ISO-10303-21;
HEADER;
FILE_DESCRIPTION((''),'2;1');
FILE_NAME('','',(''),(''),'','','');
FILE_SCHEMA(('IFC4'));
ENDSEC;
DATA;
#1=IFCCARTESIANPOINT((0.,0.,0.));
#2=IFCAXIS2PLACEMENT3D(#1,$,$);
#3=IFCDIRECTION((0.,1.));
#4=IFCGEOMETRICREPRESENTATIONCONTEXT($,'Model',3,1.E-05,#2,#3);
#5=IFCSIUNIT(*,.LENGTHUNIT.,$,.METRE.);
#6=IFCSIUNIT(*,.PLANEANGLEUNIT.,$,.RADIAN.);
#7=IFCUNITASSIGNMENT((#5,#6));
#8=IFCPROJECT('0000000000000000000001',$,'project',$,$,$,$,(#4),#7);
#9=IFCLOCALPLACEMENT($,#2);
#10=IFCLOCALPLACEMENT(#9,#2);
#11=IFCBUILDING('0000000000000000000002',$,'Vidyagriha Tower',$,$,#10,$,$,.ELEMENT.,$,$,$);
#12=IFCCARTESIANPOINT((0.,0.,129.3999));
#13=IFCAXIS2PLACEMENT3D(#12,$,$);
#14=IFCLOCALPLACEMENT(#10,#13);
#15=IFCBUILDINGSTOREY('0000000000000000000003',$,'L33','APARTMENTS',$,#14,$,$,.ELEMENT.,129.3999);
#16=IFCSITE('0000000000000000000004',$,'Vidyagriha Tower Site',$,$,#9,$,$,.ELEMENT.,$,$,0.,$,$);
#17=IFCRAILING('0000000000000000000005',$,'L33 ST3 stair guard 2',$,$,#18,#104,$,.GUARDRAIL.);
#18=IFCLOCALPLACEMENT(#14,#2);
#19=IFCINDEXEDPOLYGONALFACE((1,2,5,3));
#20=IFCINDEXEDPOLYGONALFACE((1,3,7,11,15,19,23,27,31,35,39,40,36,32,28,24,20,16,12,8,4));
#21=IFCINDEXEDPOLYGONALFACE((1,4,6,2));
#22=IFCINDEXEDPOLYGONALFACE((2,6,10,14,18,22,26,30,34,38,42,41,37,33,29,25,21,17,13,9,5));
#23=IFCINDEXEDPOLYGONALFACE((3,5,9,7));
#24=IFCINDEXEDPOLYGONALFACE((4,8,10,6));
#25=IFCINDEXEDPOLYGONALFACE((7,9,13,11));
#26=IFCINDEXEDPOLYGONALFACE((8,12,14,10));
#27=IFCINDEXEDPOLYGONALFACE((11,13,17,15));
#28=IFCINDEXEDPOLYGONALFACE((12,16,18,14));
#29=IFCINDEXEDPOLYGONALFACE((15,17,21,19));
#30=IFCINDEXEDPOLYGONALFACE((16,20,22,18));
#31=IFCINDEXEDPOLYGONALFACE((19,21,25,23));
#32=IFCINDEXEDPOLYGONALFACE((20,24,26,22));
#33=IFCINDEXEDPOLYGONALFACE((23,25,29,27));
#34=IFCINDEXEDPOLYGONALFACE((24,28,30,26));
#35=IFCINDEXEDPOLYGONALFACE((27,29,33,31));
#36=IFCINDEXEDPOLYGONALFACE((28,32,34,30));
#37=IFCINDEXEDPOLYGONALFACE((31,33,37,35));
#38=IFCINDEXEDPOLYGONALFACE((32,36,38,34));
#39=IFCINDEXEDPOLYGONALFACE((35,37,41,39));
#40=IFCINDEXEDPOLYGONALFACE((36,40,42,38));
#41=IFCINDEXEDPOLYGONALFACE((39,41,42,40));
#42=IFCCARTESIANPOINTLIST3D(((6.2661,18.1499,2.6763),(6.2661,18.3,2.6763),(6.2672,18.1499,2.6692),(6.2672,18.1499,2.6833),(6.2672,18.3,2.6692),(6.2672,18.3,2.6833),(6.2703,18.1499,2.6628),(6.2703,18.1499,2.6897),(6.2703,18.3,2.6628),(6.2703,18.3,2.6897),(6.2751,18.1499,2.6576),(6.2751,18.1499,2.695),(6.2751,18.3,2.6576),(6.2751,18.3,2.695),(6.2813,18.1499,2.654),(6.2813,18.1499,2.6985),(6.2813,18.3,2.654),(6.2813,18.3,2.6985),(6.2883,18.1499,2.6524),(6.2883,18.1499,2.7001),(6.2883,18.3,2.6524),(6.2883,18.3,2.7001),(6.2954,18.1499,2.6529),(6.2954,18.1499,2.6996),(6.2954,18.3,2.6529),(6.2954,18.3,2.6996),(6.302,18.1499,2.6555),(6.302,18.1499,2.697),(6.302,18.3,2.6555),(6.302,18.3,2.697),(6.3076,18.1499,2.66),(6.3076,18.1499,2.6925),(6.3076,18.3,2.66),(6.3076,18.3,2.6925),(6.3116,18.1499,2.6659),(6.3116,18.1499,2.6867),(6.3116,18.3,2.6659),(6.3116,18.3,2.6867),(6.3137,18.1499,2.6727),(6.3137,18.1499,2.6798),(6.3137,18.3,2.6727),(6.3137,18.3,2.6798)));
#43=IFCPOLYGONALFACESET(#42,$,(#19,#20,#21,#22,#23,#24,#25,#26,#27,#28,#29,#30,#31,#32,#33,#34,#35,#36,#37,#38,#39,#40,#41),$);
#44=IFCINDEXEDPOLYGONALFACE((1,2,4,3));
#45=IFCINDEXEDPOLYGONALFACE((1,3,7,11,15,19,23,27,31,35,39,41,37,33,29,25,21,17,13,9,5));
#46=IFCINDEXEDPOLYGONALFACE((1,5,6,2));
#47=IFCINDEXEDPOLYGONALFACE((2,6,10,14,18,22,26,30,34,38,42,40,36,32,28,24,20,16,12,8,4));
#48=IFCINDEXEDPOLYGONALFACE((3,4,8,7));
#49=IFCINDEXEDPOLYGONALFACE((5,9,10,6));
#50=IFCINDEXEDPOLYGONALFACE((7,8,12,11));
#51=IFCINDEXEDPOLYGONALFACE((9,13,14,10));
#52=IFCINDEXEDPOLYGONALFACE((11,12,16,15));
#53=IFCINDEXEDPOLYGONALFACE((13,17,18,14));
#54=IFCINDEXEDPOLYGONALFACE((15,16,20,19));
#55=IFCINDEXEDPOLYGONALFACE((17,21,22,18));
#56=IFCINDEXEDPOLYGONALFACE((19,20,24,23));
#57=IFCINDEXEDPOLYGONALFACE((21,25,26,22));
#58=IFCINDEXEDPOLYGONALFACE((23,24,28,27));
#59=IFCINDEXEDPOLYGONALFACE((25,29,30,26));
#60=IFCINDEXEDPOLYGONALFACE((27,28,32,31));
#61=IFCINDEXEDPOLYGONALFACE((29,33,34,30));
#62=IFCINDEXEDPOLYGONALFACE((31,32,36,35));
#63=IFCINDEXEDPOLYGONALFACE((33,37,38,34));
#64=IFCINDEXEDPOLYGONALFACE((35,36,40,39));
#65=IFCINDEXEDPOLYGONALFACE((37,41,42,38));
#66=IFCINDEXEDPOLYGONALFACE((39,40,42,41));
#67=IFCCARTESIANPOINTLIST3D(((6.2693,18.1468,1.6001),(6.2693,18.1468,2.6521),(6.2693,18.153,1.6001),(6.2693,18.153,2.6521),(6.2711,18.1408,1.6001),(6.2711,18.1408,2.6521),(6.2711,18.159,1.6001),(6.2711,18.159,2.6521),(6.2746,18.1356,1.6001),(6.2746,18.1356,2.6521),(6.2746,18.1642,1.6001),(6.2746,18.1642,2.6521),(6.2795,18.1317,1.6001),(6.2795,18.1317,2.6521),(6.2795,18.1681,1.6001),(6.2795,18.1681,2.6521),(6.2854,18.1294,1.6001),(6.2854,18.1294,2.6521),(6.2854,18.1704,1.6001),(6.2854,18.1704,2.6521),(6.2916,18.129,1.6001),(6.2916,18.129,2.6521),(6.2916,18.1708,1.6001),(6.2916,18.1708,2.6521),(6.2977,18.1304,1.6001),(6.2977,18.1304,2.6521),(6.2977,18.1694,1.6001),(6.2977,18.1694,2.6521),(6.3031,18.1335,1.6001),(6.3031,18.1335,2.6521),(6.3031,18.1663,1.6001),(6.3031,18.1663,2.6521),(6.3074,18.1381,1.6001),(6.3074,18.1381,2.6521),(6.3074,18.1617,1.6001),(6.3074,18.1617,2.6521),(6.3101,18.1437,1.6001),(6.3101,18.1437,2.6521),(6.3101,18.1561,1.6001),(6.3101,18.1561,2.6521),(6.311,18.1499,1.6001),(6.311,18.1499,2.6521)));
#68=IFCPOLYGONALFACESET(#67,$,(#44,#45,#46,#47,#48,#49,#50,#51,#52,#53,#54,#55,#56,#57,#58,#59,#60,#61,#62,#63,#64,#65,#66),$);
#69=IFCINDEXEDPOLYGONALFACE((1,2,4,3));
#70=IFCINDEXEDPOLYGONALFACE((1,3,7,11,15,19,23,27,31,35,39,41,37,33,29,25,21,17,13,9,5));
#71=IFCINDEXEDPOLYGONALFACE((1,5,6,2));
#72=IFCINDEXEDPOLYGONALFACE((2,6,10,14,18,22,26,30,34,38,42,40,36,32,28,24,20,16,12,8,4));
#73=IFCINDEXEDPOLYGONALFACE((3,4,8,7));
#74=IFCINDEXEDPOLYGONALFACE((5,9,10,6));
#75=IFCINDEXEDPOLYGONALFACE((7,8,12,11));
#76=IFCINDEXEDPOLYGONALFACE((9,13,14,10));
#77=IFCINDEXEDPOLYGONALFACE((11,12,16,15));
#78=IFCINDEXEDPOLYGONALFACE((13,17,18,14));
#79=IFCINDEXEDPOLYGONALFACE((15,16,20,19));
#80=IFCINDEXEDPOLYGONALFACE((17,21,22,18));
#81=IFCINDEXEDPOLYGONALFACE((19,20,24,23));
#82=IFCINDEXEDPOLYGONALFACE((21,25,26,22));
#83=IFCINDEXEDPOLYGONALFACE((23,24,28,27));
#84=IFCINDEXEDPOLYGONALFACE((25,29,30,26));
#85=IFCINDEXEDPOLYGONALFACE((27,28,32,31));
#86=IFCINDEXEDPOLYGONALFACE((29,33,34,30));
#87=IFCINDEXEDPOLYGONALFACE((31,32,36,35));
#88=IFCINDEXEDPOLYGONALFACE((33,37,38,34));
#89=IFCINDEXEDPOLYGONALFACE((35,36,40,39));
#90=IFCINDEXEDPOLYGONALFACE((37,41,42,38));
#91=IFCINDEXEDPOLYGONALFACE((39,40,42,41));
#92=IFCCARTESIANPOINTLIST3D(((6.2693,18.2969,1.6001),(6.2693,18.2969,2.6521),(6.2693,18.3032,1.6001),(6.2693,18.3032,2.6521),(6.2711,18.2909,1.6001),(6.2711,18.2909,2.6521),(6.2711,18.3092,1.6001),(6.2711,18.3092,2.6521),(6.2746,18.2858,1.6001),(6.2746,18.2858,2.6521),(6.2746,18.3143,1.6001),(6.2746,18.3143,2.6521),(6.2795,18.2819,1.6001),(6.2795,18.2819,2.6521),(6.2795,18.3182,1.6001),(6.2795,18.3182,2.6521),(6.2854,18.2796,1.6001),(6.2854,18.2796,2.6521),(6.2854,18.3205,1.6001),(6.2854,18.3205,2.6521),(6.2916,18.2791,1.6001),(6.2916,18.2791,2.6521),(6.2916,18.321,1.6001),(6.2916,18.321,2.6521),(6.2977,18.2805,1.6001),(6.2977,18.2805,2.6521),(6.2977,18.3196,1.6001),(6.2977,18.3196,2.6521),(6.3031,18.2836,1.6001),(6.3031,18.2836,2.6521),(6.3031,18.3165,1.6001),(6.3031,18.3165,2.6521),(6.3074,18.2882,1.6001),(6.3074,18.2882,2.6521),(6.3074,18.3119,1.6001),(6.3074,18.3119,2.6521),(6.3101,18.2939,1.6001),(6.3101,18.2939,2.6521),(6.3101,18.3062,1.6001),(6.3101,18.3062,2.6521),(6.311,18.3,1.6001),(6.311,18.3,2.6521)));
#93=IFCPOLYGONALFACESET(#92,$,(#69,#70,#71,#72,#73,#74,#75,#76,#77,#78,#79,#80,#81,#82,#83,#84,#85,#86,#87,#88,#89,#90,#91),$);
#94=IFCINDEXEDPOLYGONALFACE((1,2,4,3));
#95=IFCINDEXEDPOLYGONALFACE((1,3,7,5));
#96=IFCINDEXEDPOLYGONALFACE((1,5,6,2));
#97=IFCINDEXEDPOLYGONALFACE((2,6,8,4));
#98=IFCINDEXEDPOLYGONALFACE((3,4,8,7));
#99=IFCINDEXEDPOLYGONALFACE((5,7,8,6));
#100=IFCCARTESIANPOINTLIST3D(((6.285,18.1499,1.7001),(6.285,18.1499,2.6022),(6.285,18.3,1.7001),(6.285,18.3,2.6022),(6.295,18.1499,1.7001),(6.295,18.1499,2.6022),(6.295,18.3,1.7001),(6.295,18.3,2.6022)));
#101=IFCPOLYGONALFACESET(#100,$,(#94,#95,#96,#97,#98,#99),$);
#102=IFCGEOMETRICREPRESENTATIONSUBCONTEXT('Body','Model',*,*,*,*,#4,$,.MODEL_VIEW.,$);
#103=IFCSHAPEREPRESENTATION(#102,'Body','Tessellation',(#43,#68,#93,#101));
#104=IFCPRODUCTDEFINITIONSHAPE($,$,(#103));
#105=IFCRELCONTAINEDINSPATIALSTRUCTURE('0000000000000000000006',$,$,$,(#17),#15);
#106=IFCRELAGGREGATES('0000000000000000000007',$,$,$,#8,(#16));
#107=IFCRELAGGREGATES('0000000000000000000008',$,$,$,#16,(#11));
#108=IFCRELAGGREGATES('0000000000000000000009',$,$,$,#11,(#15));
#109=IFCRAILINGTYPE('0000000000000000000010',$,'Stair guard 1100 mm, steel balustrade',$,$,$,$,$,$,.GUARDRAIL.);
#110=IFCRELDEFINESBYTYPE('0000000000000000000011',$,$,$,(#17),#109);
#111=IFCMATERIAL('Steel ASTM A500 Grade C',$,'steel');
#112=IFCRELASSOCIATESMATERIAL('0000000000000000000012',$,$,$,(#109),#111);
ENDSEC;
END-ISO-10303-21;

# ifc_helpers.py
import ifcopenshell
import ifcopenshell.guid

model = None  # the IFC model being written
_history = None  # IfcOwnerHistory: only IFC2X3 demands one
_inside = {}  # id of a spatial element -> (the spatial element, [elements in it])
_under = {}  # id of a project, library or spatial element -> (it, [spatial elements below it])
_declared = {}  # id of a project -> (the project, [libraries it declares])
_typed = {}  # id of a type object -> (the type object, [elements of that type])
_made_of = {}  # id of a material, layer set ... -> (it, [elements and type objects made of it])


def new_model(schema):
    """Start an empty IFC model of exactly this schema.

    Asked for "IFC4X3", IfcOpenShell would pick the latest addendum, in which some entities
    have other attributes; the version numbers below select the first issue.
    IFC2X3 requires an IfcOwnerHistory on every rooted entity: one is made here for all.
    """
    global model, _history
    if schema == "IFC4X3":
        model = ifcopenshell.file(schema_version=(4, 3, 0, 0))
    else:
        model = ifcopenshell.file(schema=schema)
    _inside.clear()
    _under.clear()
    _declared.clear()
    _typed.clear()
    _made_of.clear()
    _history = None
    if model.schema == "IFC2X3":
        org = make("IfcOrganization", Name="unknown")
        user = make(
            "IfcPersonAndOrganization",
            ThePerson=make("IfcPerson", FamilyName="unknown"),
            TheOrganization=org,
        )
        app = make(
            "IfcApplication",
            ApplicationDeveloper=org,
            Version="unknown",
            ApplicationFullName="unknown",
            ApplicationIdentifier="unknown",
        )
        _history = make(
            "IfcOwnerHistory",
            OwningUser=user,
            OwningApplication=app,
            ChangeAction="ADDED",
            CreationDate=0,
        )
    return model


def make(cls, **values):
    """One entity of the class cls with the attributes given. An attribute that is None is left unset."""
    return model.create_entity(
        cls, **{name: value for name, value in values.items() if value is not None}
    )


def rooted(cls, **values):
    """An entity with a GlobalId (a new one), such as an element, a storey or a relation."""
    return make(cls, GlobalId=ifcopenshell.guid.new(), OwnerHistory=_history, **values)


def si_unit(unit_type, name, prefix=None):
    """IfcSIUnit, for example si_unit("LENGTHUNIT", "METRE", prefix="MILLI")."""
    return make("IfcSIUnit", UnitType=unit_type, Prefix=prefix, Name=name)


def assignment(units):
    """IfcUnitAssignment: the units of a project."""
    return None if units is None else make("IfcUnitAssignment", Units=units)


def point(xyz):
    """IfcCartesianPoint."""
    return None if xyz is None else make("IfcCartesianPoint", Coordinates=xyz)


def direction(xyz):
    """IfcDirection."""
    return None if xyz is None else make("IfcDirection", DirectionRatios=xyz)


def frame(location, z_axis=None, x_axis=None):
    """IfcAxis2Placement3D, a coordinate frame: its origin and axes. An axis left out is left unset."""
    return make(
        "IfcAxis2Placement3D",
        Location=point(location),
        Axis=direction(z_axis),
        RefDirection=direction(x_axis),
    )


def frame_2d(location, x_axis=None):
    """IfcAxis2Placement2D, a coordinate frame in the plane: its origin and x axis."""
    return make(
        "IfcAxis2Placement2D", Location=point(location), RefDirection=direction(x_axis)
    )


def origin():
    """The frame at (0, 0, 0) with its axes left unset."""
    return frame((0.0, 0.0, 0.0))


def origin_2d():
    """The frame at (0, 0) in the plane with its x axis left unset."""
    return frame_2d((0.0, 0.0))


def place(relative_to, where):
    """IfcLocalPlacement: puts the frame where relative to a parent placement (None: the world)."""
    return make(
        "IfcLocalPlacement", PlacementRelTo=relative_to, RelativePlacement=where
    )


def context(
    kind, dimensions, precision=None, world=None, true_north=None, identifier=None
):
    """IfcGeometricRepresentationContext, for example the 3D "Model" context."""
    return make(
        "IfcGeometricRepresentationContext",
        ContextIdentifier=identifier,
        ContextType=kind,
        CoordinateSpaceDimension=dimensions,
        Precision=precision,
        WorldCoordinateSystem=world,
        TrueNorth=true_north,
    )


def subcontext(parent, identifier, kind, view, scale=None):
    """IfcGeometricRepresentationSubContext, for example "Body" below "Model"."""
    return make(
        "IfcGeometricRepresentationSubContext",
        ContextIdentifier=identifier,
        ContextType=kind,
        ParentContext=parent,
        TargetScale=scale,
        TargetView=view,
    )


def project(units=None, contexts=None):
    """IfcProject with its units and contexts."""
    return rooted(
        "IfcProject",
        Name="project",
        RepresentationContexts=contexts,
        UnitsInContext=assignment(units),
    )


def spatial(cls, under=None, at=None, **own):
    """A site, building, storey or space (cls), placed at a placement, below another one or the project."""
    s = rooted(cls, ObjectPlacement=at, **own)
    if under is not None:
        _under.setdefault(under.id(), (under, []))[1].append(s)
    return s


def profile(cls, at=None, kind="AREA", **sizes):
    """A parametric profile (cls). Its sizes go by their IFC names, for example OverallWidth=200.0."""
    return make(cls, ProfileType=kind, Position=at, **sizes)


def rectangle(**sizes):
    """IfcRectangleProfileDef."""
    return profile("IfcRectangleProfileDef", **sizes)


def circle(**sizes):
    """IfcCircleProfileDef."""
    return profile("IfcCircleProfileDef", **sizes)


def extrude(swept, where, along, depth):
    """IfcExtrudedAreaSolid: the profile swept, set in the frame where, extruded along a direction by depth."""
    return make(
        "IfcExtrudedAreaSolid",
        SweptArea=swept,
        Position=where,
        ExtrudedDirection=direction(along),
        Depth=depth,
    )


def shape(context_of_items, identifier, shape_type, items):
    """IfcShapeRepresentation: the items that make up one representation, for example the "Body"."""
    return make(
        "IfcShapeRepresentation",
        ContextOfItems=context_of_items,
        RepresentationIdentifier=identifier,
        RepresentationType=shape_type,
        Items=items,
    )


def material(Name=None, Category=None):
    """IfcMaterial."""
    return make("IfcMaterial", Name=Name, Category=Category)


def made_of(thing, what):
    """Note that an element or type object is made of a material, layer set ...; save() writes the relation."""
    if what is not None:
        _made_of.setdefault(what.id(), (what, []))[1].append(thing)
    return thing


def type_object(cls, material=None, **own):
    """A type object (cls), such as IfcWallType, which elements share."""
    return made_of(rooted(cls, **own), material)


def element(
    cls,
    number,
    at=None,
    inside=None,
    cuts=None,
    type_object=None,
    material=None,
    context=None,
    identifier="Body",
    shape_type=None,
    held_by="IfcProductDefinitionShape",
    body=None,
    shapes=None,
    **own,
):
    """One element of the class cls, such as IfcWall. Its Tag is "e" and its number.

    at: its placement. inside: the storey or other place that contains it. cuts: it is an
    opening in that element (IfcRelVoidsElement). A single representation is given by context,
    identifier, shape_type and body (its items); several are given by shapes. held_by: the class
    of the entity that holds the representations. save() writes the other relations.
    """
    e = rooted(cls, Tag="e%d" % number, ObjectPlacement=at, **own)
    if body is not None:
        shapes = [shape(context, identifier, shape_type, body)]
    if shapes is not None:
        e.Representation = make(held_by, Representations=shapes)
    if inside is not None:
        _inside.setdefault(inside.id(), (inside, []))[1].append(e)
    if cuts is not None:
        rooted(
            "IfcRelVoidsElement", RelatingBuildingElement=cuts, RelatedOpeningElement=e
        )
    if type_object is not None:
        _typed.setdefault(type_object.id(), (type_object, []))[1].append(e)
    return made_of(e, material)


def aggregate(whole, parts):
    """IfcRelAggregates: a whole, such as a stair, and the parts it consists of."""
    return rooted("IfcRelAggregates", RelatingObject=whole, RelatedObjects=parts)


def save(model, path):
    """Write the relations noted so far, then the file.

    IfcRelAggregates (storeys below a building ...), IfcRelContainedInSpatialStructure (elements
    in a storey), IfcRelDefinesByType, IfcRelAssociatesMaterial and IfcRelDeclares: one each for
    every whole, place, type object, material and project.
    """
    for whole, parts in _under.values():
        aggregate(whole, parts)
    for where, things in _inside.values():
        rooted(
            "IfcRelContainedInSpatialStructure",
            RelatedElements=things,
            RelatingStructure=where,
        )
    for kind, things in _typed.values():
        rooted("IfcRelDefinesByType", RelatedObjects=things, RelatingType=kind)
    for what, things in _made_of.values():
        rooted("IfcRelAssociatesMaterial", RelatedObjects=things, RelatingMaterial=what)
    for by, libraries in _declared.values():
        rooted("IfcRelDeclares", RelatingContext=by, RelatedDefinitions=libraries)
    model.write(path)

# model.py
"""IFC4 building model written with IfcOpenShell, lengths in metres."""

from ifc_helpers import new_model, si_unit, direction, frame, origin, origin_2d, place, context, subcontext, project, spatial, rectangle, circle, extrude, material, type_object, element, save


model = new_model("IFC4")

# Units and contexts
model_context = context("Model", 3, precision=1e-05, world=origin(), true_north=direction((0.0, 1.0)))
body_context = subcontext(model_context, "Body", "Model", "MODEL_VIEW")
ifc_project = project(units=[si_unit("LENGTHUNIT", "METRE"), si_unit("PLANEANGLEUNIT", "RADIAN")], contexts=[model_context])

# Site, building, storey
site_placement = place(None, origin())
site = spatial("IfcSite", under=ifc_project, at=site_placement, Name="Vidyagriha Tower Site", CompositionType="ELEMENT", RefElevation=0.0)
building_placement = place(site_placement, origin())
building = spatial("IfcBuilding", under=site, at=building_placement, Name="Vidyagriha Tower", CompositionType="ELEMENT")
storey_placement = place(building_placement, frame((0.0, 0.0, 129.3999)))
storey = spatial("IfcBuildingStorey", under=building, at=storey_placement, Name="L33", Description="APARTMENTS", CompositionType="ELEMENT", Elevation=129.3999)

# Railing
ifc_material_1 = material(Name="Steel ASTM A500 Grade C", Category="steel")
railing_type_1 = type_object("IfcRailingType", Name="Stair guard 1100 mm, steel balustrade", PredefinedType="GUARDRAIL", material=ifc_material_1)
railing_1_placement = place(storey_placement, frame((6.29, 18.1499, 1.6001)))
element("IfcRailing", 1, at=railing_1_placement, inside=storey, type_object=railing_type_1, Name="L33 ST3 stair guard 2", PredefinedType="GUARDRAIL", context=body_context, shape_type="SweptSolid", body=[
    extrude(circle(Radius=0.0239, at=origin_2d()), frame((0.0, 0.0, 1.0762), z_axis=(0.0, 1.0, 0.0), x_axis=(-1.0, 0.0, 0.0)), (0.0, 0.0, 1.0), 0.1501),
    extrude(circle(Radius=0.021, at=origin_2d()), origin(), (0.0, 0.0, 1.0), 1.052),
    extrude(circle(Radius=0.021, at=origin_2d()), frame((0.0, 0.1501, 0.0)), (0.0, 0.0, 1.0), 1.052),
    extrude(rectangle(XDim=0.01, YDim=0.9021, at=origin_2d()), frame((0.0, 0.0, 0.551), z_axis=(0.0, 1.0, 0.0), x_axis=(-1.0, 0.0, 0.0)), (0.0, 0.0, 1.0), 0.1501),
])

save(model, "model.ifc")
